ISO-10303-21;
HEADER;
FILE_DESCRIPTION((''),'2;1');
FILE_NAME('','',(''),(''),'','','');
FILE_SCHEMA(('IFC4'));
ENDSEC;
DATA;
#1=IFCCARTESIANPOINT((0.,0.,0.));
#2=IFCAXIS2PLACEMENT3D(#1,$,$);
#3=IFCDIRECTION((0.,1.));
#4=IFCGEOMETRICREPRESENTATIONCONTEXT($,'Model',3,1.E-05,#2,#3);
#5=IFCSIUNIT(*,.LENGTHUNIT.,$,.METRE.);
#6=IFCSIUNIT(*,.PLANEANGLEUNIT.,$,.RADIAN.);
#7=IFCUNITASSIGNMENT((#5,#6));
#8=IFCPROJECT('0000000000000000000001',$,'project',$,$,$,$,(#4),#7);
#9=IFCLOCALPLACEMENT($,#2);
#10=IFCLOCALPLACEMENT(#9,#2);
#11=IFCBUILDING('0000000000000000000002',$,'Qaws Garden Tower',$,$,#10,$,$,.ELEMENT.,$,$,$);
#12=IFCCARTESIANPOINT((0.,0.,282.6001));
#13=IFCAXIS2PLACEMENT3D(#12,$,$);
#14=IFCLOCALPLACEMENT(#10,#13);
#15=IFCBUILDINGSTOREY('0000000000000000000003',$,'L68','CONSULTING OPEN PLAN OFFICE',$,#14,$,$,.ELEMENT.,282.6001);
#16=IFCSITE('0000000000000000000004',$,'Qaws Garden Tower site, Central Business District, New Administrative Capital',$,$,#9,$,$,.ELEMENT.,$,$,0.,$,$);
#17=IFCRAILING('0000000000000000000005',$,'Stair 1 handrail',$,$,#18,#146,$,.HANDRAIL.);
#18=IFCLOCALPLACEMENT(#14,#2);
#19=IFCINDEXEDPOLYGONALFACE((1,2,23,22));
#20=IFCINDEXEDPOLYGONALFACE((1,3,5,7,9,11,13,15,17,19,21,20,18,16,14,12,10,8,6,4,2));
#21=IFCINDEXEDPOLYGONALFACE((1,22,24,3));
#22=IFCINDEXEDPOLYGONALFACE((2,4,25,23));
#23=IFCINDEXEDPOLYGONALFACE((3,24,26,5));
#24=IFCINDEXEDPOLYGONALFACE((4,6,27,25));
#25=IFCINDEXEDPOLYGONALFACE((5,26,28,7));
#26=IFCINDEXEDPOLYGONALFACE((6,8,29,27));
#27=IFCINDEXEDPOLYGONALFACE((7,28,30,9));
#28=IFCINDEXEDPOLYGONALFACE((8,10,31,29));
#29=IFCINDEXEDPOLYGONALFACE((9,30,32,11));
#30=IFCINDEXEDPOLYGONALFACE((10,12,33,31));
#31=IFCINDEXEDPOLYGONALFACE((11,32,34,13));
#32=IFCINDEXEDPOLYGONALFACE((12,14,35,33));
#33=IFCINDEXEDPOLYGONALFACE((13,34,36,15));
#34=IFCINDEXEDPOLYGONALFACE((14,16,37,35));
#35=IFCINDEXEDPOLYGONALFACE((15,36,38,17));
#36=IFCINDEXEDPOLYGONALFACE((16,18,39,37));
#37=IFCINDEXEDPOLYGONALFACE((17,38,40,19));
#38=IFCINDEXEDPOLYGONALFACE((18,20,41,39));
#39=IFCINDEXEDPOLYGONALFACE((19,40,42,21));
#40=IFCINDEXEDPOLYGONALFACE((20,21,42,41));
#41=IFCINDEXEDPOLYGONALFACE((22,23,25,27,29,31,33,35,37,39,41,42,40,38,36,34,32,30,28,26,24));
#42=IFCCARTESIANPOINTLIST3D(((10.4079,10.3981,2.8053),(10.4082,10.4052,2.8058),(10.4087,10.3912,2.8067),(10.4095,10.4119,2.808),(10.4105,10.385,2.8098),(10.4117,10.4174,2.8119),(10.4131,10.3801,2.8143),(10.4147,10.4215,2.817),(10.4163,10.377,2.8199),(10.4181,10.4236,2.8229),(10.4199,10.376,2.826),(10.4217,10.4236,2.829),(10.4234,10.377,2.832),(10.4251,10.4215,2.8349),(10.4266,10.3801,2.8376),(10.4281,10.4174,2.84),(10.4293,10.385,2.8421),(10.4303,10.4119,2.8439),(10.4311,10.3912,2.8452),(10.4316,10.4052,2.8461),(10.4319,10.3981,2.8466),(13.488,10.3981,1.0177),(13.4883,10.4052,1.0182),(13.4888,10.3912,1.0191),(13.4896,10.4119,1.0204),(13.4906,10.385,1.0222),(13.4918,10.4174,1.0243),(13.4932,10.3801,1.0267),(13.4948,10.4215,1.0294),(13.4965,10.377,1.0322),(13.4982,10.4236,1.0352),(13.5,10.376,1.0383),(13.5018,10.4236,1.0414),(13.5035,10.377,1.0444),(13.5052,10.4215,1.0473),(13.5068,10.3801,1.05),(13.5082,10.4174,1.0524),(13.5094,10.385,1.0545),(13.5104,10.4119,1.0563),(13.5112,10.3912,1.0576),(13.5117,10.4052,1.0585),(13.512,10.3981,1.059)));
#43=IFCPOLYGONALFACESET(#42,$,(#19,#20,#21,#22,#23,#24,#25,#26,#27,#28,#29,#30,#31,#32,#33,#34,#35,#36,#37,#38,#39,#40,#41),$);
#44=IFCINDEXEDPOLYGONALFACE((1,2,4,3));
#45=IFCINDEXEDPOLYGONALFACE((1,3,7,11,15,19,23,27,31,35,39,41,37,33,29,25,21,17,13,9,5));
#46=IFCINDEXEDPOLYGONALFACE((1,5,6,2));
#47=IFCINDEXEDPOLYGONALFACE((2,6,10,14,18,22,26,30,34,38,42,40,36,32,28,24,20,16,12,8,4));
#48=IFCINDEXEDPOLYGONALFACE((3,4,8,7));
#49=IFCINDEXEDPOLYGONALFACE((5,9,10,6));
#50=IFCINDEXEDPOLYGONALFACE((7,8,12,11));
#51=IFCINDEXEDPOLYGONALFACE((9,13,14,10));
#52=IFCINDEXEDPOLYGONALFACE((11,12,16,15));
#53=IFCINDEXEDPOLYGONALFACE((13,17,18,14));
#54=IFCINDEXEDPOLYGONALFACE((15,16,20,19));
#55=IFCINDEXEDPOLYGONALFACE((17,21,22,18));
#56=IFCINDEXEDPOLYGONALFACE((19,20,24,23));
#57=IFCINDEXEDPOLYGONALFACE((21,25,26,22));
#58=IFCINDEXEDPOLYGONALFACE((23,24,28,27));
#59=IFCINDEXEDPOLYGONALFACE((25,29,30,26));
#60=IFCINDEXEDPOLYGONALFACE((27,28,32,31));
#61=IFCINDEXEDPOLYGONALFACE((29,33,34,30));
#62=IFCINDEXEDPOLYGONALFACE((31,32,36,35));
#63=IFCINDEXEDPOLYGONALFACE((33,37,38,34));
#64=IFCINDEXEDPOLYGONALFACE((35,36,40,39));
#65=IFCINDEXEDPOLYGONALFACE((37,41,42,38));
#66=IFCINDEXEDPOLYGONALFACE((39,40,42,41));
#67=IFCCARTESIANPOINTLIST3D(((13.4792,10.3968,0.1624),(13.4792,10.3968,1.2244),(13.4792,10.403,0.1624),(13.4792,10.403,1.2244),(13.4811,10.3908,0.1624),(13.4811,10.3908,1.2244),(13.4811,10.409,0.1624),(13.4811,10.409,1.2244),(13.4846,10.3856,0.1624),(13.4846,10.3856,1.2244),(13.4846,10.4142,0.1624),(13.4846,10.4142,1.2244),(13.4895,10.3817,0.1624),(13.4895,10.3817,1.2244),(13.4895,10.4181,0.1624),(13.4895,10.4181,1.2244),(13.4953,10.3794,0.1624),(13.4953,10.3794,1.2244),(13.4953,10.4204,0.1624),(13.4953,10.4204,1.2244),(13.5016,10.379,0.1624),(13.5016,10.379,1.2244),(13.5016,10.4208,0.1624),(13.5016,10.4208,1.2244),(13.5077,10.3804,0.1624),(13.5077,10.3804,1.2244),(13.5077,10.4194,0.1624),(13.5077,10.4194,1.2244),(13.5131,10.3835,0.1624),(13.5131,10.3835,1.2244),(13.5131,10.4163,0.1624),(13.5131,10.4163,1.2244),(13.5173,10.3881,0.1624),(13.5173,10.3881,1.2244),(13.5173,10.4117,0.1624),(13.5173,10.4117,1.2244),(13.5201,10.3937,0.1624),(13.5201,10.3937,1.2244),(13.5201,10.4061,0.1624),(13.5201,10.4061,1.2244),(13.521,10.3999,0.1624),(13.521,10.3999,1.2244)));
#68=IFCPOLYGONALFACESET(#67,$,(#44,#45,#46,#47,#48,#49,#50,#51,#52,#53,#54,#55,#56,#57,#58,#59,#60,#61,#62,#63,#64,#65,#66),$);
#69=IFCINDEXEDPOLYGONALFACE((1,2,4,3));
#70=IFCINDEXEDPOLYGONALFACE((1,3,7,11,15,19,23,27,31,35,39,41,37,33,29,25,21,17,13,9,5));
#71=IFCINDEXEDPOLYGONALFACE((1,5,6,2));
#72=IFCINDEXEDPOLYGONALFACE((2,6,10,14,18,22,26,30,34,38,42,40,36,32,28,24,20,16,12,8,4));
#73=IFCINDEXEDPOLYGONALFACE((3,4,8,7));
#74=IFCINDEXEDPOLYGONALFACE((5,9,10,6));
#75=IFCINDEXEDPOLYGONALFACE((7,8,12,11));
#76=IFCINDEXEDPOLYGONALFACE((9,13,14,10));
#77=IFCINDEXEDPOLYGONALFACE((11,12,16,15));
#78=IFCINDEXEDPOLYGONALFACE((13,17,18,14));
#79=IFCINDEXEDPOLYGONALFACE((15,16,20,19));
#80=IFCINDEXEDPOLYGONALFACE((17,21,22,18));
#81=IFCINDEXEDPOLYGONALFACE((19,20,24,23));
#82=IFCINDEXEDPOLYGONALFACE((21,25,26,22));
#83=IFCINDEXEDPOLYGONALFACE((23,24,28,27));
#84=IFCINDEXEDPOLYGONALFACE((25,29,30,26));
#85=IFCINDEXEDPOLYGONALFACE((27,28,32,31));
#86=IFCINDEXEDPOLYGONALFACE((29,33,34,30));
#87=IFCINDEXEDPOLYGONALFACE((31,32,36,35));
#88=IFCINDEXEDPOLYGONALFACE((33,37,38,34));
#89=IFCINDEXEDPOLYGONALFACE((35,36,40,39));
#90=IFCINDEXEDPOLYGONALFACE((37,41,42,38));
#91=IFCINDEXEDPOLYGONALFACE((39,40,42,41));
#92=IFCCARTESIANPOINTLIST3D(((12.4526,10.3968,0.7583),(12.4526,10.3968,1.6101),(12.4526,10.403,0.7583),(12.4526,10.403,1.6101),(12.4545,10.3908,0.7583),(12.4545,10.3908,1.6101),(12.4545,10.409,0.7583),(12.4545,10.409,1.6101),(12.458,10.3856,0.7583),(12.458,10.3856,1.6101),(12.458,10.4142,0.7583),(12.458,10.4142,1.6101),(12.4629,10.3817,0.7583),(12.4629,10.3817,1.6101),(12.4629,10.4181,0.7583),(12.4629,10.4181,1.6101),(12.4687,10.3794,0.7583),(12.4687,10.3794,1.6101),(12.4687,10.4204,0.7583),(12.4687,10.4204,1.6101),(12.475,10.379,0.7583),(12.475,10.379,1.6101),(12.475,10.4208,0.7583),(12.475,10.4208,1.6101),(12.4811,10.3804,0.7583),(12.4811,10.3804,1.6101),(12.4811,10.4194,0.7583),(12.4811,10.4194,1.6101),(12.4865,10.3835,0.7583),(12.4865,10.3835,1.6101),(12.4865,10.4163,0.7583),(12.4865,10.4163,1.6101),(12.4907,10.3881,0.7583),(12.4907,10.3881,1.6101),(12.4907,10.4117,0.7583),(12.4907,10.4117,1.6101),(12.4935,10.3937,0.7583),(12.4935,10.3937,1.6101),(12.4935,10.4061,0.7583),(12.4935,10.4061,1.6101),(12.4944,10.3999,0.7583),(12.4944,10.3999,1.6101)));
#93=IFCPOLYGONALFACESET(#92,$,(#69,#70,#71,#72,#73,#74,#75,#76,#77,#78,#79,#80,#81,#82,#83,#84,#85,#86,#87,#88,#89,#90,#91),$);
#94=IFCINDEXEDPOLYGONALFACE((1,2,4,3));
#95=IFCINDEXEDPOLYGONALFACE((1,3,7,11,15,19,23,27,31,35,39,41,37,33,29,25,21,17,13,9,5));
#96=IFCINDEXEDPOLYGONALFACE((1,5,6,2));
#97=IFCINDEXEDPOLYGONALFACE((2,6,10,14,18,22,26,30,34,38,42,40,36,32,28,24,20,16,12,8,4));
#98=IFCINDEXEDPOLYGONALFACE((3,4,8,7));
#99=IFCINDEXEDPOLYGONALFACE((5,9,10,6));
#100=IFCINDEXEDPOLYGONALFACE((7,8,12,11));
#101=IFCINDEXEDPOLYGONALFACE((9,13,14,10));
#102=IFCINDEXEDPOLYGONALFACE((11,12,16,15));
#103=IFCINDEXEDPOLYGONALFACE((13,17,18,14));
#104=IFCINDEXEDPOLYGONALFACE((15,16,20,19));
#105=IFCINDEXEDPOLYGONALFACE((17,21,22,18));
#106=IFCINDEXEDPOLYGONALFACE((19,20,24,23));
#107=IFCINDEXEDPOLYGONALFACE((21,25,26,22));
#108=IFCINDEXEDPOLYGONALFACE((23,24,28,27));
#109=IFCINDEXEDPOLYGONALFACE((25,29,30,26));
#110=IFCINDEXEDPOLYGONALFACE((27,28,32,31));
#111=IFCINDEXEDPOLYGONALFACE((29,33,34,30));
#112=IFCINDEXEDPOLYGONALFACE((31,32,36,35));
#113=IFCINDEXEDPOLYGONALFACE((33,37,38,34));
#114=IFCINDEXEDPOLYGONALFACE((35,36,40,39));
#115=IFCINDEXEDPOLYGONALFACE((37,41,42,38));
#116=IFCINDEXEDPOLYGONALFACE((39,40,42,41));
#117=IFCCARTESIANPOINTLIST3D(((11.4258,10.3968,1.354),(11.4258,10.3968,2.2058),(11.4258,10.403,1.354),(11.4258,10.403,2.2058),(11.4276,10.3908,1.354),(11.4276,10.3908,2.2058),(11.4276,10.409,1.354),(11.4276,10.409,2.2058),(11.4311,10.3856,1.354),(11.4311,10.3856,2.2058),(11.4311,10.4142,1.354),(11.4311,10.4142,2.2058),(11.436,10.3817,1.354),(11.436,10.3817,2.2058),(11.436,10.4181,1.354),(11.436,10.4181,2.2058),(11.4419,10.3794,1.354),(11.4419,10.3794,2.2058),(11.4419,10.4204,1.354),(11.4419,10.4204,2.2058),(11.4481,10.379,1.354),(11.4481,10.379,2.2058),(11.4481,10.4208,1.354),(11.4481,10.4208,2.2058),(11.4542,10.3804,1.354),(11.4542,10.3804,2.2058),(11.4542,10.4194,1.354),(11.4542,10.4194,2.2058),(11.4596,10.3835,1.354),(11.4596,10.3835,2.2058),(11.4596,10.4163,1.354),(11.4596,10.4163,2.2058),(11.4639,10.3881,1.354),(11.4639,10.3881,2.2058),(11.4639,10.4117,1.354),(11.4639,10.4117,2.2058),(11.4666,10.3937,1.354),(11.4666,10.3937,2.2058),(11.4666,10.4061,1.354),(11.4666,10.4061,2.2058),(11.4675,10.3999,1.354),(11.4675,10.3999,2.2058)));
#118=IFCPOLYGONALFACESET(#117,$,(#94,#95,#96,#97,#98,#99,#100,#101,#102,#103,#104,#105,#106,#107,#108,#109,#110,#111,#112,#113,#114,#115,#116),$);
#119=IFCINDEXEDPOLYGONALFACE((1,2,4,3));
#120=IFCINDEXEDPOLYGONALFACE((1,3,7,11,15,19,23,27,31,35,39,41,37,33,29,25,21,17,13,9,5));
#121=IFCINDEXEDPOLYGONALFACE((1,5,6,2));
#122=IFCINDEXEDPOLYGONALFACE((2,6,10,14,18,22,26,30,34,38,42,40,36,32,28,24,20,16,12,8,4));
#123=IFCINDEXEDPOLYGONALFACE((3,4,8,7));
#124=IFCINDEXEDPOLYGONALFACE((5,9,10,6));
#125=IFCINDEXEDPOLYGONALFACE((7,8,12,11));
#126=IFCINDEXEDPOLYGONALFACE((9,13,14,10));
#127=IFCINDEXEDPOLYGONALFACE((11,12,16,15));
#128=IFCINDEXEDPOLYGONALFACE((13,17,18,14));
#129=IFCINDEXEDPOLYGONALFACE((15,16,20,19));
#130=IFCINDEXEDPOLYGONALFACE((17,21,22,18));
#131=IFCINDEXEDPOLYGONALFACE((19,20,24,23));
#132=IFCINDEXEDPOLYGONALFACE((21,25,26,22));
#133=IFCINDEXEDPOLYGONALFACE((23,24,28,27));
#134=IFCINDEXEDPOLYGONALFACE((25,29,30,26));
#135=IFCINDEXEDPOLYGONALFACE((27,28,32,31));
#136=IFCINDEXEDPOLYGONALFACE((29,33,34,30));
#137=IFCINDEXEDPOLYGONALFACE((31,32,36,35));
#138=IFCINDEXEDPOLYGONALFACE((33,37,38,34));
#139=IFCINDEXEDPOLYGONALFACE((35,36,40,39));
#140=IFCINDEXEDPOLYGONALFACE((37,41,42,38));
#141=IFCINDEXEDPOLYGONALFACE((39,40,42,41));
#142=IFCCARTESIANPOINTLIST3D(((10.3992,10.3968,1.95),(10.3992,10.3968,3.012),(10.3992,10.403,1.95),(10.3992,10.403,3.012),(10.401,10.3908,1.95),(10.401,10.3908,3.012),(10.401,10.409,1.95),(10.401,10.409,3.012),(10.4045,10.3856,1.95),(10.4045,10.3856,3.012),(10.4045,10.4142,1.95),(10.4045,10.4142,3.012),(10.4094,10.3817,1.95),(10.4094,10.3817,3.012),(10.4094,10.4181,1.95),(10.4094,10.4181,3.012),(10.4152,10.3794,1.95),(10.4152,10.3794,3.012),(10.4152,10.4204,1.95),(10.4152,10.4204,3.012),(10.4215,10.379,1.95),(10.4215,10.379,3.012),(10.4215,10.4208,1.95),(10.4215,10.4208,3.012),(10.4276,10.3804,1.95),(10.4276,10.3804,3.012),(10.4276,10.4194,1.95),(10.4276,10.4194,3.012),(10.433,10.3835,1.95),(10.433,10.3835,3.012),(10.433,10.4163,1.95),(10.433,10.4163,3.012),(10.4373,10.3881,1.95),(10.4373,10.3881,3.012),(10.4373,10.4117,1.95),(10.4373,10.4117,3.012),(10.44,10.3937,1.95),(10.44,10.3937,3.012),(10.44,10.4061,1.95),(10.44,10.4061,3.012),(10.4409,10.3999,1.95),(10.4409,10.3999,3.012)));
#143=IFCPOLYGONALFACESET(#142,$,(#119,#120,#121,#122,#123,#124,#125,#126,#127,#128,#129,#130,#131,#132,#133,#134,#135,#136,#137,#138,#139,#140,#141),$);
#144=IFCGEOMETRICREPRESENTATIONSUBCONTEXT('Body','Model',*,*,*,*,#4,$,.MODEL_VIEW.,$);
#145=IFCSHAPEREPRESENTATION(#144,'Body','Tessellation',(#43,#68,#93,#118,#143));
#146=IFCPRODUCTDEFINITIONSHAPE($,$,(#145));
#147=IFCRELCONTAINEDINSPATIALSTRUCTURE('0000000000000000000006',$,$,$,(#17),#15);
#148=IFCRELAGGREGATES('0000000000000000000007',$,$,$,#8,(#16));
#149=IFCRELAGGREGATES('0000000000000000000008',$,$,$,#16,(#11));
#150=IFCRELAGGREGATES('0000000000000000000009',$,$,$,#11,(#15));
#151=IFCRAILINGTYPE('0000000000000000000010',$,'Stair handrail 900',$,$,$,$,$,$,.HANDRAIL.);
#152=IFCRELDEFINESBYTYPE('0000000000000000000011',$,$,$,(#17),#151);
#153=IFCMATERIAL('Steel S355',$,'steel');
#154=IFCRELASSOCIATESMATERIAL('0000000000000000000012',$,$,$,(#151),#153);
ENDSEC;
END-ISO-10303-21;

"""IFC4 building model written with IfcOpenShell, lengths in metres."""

from ifc_helpers import new_model, si_unit, direction, frame, origin, origin_2d, place, context, subcontext, project, spatial, circle, extrude, material, type_object, element, save


model = new_model("IFC4")

# Units and contexts
model_context = context("Model", 3, precision=1e-05, world=origin(), true_north=direction((0.0, 1.0)))
body_context = subcontext(model_context, "Body", "Model", "MODEL_VIEW")
ifc_project = project(units=[si_unit("LENGTHUNIT", "METRE"), si_unit("PLANEANGLEUNIT", "RADIAN")], contexts=[model_context])

# Site, building, storey
site_placement = place(None, origin())
site = spatial("IfcSite", under=ifc_project, at=site_placement, Name="Qaws Garden Tower site, Central Business District, New Administrative Capital", CompositionType="ELEMENT", RefElevation=0.0)
building_placement = place(site_placement, origin())
building = spatial("IfcBuilding", under=site, at=building_placement, Name="Qaws Garden Tower", CompositionType="ELEMENT")
storey_placement = place(building_placement, frame((0.0, 0.0, 282.6001)))
storey = spatial("IfcBuildingStorey", under=building, at=storey_placement, Name="L68", Description="CONSULTING OPEN PLAN OFFICE", CompositionType="ELEMENT", Elevation=282.6001)

# Railing
ifc_material_1 = material(Name="Steel S355", Category="steel")
railing_type = type_object("IfcRailingType", Name="Stair handrail 900", PredefinedType="HANDRAIL", material=ifc_material_1)
railing_1_placement = place(storey_placement, frame((13.5, 10.3999, 0.1624)))
element("IfcRailing", 1, at=railing_1_placement, inside=storey, type_object=railing_type, Name="Stair 1 handrail", PredefinedType="HANDRAIL", context=body_context, shape_type="SweptSolid", body=[
    extrude(circle(Radius=0.0239, at=origin_2d()), frame((0.0, 0.0, 0.876), z_axis=(-0.864891, 0.0, 0.50196), x_axis=(0.0, -1.0, 0.0)), (0.0, 0.0, 1.0), 3.5613),
    extrude(circle(Radius=0.021, at=origin_2d()), origin(), (0.0, 0.0, 1.0), 1.062),
    extrude(circle(Radius=0.021, at=origin_2d()), frame((-1.0266, 0.0, 0.5959)), (0.0, 0.0, 1.0), 0.8518),
    extrude(circle(Radius=0.021, at=origin_2d()), frame((-2.0535, 0.0, 1.1917)), (0.0, 0.0, 1.0), 0.8518),
    extrude(circle(Radius=0.021, at=origin_2d()), frame((-3.0801, 0.0, 1.7876)), (0.0, 0.0, 1.0), 1.062),
])

save(model, "model.ifc")
